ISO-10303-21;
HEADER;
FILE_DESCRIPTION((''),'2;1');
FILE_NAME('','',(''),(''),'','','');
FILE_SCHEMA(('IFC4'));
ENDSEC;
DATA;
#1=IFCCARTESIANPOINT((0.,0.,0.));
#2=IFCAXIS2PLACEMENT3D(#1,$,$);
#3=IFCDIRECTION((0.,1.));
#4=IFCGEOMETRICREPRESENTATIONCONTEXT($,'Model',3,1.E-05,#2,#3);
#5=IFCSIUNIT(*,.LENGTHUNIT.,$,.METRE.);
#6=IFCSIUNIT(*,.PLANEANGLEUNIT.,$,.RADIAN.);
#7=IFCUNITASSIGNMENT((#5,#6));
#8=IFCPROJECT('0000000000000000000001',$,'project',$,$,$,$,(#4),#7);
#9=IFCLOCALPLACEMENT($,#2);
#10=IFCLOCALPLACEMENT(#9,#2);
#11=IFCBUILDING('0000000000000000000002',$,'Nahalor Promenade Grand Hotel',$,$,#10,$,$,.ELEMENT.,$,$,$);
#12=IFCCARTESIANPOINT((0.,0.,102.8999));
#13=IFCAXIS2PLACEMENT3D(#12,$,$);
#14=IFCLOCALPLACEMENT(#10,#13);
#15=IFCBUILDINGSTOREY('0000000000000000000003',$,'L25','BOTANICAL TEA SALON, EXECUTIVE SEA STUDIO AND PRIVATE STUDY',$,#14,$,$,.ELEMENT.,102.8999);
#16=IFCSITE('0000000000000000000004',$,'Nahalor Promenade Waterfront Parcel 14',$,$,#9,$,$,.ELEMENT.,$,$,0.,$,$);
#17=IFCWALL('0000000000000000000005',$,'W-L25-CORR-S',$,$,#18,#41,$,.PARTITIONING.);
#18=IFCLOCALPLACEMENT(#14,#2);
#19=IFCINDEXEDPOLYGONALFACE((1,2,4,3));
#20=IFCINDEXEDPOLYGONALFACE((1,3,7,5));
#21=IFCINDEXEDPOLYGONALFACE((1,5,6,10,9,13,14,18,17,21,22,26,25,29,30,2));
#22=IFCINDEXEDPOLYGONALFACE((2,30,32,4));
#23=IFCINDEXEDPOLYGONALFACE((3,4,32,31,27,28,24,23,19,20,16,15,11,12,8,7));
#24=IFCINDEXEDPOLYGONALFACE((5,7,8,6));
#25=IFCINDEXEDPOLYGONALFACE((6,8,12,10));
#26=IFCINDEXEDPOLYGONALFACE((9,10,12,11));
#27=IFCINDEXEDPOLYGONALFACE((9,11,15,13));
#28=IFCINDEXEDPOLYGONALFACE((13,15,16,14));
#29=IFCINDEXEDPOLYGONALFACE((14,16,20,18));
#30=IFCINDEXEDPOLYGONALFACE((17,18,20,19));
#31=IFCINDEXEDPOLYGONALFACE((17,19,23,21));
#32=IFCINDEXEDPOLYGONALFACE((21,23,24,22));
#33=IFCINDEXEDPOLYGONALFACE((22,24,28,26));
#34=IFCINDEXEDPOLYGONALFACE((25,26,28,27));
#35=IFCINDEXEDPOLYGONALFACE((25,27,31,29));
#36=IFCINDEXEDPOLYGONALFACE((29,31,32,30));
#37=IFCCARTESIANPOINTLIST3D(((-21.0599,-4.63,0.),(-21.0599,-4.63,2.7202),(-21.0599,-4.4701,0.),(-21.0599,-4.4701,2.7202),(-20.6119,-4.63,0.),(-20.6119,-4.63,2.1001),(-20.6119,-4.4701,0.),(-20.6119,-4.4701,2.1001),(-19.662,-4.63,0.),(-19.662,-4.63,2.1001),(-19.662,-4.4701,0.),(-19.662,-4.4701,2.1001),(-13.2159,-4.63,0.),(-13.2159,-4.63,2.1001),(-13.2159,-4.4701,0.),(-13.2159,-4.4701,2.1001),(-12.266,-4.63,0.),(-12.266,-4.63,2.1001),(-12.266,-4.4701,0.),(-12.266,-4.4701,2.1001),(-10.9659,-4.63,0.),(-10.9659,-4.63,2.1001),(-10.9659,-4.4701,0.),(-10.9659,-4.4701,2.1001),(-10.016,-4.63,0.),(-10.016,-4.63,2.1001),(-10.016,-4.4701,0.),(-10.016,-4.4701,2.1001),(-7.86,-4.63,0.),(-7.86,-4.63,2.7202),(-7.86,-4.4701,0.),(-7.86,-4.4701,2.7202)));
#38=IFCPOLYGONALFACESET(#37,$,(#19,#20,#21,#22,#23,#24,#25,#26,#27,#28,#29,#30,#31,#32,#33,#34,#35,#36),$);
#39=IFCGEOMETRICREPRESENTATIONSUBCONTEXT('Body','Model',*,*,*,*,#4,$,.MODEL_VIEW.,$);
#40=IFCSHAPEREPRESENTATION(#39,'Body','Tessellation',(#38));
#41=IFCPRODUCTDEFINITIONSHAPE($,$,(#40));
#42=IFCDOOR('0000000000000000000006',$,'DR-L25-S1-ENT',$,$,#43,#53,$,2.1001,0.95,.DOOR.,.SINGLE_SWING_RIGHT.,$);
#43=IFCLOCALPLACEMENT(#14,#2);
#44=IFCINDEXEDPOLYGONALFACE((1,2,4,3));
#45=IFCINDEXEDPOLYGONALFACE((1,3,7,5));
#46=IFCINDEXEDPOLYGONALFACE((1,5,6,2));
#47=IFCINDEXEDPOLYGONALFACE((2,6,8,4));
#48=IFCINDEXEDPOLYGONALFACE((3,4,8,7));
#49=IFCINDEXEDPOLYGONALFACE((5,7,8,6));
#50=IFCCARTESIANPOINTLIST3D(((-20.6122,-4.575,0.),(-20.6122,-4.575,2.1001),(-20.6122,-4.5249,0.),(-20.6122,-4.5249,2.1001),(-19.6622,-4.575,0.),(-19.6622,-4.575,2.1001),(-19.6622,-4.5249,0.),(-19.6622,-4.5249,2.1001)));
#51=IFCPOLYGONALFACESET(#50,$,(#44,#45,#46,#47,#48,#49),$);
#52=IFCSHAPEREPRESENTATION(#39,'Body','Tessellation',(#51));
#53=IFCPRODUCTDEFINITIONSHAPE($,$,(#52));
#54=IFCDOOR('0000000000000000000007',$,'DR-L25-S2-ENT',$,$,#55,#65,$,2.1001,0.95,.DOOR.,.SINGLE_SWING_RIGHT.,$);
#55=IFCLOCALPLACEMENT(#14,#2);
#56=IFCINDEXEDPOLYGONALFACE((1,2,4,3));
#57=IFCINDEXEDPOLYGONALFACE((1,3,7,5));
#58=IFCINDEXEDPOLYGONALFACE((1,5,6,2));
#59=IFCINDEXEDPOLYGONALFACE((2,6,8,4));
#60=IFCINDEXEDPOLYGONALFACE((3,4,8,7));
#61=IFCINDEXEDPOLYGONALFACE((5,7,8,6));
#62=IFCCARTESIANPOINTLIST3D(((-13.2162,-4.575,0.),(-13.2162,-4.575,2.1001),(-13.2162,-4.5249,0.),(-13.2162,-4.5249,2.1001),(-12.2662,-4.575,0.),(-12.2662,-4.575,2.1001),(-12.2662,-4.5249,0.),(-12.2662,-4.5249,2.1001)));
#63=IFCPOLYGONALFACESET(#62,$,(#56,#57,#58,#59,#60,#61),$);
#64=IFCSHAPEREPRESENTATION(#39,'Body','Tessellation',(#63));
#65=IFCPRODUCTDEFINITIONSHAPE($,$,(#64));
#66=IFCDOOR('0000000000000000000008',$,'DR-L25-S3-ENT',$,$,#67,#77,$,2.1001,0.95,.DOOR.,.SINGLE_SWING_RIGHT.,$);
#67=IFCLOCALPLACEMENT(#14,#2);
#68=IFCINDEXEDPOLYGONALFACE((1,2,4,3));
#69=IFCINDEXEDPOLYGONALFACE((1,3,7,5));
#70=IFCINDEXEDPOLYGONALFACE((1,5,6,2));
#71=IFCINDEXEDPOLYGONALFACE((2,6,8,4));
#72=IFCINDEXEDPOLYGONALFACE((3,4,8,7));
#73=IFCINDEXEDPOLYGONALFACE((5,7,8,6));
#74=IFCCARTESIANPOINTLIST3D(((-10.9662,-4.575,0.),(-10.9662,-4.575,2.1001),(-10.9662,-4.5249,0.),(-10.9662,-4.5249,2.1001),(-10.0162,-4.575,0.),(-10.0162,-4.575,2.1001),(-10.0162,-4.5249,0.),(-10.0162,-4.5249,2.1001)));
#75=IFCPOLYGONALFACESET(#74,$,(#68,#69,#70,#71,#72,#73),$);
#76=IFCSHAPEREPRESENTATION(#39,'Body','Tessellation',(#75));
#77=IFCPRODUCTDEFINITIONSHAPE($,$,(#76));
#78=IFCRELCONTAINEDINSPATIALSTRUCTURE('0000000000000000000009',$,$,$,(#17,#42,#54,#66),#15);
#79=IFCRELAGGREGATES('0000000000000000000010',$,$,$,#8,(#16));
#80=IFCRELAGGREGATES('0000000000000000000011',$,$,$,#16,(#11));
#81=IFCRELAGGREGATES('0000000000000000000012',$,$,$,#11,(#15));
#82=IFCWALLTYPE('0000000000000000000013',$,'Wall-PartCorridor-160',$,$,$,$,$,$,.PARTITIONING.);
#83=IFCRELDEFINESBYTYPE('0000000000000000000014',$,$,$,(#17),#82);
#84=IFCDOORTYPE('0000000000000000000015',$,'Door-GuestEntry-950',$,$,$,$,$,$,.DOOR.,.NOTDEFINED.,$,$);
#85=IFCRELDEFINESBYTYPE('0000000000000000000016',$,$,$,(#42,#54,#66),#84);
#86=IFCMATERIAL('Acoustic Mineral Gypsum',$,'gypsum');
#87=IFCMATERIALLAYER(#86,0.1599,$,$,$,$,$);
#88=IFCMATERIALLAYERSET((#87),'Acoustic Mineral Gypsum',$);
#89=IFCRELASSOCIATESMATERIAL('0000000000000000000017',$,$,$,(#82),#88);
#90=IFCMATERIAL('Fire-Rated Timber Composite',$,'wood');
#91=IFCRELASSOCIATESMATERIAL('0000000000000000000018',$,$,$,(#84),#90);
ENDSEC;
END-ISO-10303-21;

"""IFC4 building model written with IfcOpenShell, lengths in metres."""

from ifc_helpers import new_model, si_unit, direction, frame, frame_2d, origin, place, context, subcontext, project, spatial, rectangle, extrude, source, transform, mapped, material, layer, layer_set, type_object, element, fill, save


model = new_model("IFC4")

# Units and contexts
model_context = context("Model", 3, precision=1e-05, world=origin(), true_north=direction((0.0, 1.0)))
body_context = subcontext(model_context, "Body", "Model", "MODEL_VIEW")
ifc_project = project(units=[si_unit("LENGTHUNIT", "METRE"), si_unit("PLANEANGLEUNIT", "RADIAN")], contexts=[model_context])

# Site, building, storey
site_placement = place(None, origin())
site = spatial("IfcSite", under=ifc_project, at=site_placement, Name="Nahalor Promenade Waterfront Parcel 14", CompositionType="ELEMENT", RefElevation=0.0)
building_placement = place(site_placement, origin())
building = spatial("IfcBuilding", under=site, at=building_placement, Name="Nahalor Promenade Grand Hotel", CompositionType="ELEMENT")
storey_placement = place(building_placement, frame((0.0, 0.0, 102.8999)))
storey = spatial("IfcBuildingStorey", under=building, at=storey_placement, Name="L25", Description="BOTANICAL TEA SALON, EXECUTIVE SEA STUDIO AND PRIVATE STUDY", CompositionType="ELEMENT", Elevation=102.8999)

# Wall, openings, doors
ifc_material_1 = material(Name="Acoustic Mineral Gypsum", Category="gypsum")
ifc_layer_1 = layer(ifc_material_1, 0.1599)
ifc_layer_set_1 = layer_set([ifc_layer_1], Name="Acoustic Mineral Gypsum")
wall_type_1 = type_object("IfcWallType", Name="Wall-PartCorridor-160", PredefinedType="PARTITIONING", material=ifc_layer_set_1)
shared_shape_1 = source(origin(), body_context, "Body", "SweptSolid", [
    extrude(rectangle(XDim=13.2, YDim=0.1599, at=frame_2d((6.6001, 0.0))), origin(), (0.0, 0.0, 1.0), 2.7202),
])
wall_1_placement = place(storey_placement, frame((-21.0601, -4.55, 0.0), z_axis=(0.0, 0.0, 1.0), x_axis=(1.0, 0.0, 0.0)))
wall_1 = element("IfcWall", 1, at=wall_1_placement, inside=storey, type_object=wall_type_1, Name="W-L25-CORR-S", PredefinedType="PARTITIONING", context=body_context, shape_type="MappedRepresentation", body=[
    mapped(shared_shape_1, transform((0.0, 0.0, 0.0), scale=1.0)),
])
opening_1_placement = place(wall_1_placement, frame((0.448, 0.0, 0.0)))
opening_1 = element("IfcOpeningElement", 2, at=opening_1_placement, cuts=wall_1, PredefinedType="OPENING", context=body_context, shape_type="SweptSolid", body=[
    extrude(rectangle(XDim=0.95, YDim=2.1001, at=frame_2d((0.4751, 1.05))), frame((0.0, 0.0898, 0.0), z_axis=(0.0, -1.0, 0.0), x_axis=(1.0, 0.0, 0.0)), (0.0, 0.0, 1.0), 0.1799),
])
opening_2_placement = place(wall_1_placement, frame((7.844, 0.0, 0.0)))
opening_2 = element("IfcOpeningElement", 3, at=opening_2_placement, cuts=wall_1, PredefinedType="OPENING", context=body_context, shape_type="SweptSolid", body=[
    extrude(rectangle(XDim=0.95, YDim=2.1001, at=frame_2d((0.4751, 1.05))), frame((0.0, 0.0898, 0.0), z_axis=(0.0, -1.0, 0.0), x_axis=(1.0, 0.0, 0.0)), (0.0, 0.0, 1.0), 0.1799),
])
opening_3_placement = place(wall_1_placement, frame((10.094, 0.0, 0.0)))
opening_3 = element("IfcOpeningElement", 4, at=opening_3_placement, cuts=wall_1, PredefinedType="OPENING", context=body_context, shape_type="SweptSolid", body=[
    extrude(rectangle(XDim=0.95, YDim=2.1001, at=frame_2d((0.4751, 1.05))), frame((0.0, 0.0898, 0.0), z_axis=(0.0, -1.0, 0.0), x_axis=(1.0, 0.0, 0.0)), (0.0, 0.0, 1.0), 0.1799),
])
ifc_material_2 = material(Name="Fire-Rated Timber Composite", Category="wood")
door_type = type_object("IfcDoorType", Name="Door-GuestEntry-950", OperationType="NOTDEFINED", PredefinedType="DOOR", material=ifc_material_2)
shared_shape_2 = source(origin(), body_context, "Body", "SweptSolid", [
    extrude(rectangle(XDim=0.95, YDim=2.1001, at=frame_2d((0.4751, 1.05))), frame((0.0, 0.0249, 0.0), z_axis=(0.0, -1.0, 0.0), x_axis=(1.0, 0.0, 0.0)), (0.0, 0.0, 1.0), 0.05),
])
door_1_placement = place(opening_1_placement, frame((0.95, 0.0, 0.0), z_axis=(0.0, 0.0, 1.0), x_axis=(-1.0, 0.0, 0.0)))
door_1 = element("IfcDoor", 5, at=door_1_placement, inside=storey, type_object=door_type, Name="DR-L25-S1-ENT", OperationType="SINGLE_SWING_RIGHT", OverallHeight=2.1001, OverallWidth=0.95, PredefinedType="DOOR", context=body_context, shape_type="MappedRepresentation", body=[
    mapped(shared_shape_2, transform((0.0, 0.0, 0.0), scale=1.0)),
])
fill(opening_1, door_1)
door_2_placement = place(opening_2_placement, frame((0.95, 0.0, 0.0), z_axis=(0.0, 0.0, 1.0), x_axis=(-1.0, 0.0, 0.0)))
door_2 = element("IfcDoor", 6, at=door_2_placement, inside=storey, type_object=door_type, Name="DR-L25-S2-ENT", OperationType="SINGLE_SWING_RIGHT", OverallHeight=2.1001, OverallWidth=0.95, PredefinedType="DOOR", context=body_context, shape_type="MappedRepresentation", body=[
    mapped(shared_shape_2, transform((0.0, 0.0, 0.0), scale=1.0)),
])
fill(opening_2, door_2)
door_3_placement = place(opening_3_placement, frame((0.95, 0.0, 0.0), z_axis=(0.0, 0.0, 1.0), x_axis=(-1.0, 0.0, 0.0)))
door_3 = element("IfcDoor", 7, at=door_3_placement, inside=storey, type_object=door_type, Name="DR-L25-S3-ENT", OperationType="SINGLE_SWING_RIGHT", OverallHeight=2.1001, OverallWidth=0.95, PredefinedType="DOOR", context=body_context, shape_type="MappedRepresentation", body=[
    mapped(shared_shape_2, transform((0.0, 0.0, 0.0), scale=1.0)),
])
fill(opening_3, door_3)

save(model, "model.ifc")
